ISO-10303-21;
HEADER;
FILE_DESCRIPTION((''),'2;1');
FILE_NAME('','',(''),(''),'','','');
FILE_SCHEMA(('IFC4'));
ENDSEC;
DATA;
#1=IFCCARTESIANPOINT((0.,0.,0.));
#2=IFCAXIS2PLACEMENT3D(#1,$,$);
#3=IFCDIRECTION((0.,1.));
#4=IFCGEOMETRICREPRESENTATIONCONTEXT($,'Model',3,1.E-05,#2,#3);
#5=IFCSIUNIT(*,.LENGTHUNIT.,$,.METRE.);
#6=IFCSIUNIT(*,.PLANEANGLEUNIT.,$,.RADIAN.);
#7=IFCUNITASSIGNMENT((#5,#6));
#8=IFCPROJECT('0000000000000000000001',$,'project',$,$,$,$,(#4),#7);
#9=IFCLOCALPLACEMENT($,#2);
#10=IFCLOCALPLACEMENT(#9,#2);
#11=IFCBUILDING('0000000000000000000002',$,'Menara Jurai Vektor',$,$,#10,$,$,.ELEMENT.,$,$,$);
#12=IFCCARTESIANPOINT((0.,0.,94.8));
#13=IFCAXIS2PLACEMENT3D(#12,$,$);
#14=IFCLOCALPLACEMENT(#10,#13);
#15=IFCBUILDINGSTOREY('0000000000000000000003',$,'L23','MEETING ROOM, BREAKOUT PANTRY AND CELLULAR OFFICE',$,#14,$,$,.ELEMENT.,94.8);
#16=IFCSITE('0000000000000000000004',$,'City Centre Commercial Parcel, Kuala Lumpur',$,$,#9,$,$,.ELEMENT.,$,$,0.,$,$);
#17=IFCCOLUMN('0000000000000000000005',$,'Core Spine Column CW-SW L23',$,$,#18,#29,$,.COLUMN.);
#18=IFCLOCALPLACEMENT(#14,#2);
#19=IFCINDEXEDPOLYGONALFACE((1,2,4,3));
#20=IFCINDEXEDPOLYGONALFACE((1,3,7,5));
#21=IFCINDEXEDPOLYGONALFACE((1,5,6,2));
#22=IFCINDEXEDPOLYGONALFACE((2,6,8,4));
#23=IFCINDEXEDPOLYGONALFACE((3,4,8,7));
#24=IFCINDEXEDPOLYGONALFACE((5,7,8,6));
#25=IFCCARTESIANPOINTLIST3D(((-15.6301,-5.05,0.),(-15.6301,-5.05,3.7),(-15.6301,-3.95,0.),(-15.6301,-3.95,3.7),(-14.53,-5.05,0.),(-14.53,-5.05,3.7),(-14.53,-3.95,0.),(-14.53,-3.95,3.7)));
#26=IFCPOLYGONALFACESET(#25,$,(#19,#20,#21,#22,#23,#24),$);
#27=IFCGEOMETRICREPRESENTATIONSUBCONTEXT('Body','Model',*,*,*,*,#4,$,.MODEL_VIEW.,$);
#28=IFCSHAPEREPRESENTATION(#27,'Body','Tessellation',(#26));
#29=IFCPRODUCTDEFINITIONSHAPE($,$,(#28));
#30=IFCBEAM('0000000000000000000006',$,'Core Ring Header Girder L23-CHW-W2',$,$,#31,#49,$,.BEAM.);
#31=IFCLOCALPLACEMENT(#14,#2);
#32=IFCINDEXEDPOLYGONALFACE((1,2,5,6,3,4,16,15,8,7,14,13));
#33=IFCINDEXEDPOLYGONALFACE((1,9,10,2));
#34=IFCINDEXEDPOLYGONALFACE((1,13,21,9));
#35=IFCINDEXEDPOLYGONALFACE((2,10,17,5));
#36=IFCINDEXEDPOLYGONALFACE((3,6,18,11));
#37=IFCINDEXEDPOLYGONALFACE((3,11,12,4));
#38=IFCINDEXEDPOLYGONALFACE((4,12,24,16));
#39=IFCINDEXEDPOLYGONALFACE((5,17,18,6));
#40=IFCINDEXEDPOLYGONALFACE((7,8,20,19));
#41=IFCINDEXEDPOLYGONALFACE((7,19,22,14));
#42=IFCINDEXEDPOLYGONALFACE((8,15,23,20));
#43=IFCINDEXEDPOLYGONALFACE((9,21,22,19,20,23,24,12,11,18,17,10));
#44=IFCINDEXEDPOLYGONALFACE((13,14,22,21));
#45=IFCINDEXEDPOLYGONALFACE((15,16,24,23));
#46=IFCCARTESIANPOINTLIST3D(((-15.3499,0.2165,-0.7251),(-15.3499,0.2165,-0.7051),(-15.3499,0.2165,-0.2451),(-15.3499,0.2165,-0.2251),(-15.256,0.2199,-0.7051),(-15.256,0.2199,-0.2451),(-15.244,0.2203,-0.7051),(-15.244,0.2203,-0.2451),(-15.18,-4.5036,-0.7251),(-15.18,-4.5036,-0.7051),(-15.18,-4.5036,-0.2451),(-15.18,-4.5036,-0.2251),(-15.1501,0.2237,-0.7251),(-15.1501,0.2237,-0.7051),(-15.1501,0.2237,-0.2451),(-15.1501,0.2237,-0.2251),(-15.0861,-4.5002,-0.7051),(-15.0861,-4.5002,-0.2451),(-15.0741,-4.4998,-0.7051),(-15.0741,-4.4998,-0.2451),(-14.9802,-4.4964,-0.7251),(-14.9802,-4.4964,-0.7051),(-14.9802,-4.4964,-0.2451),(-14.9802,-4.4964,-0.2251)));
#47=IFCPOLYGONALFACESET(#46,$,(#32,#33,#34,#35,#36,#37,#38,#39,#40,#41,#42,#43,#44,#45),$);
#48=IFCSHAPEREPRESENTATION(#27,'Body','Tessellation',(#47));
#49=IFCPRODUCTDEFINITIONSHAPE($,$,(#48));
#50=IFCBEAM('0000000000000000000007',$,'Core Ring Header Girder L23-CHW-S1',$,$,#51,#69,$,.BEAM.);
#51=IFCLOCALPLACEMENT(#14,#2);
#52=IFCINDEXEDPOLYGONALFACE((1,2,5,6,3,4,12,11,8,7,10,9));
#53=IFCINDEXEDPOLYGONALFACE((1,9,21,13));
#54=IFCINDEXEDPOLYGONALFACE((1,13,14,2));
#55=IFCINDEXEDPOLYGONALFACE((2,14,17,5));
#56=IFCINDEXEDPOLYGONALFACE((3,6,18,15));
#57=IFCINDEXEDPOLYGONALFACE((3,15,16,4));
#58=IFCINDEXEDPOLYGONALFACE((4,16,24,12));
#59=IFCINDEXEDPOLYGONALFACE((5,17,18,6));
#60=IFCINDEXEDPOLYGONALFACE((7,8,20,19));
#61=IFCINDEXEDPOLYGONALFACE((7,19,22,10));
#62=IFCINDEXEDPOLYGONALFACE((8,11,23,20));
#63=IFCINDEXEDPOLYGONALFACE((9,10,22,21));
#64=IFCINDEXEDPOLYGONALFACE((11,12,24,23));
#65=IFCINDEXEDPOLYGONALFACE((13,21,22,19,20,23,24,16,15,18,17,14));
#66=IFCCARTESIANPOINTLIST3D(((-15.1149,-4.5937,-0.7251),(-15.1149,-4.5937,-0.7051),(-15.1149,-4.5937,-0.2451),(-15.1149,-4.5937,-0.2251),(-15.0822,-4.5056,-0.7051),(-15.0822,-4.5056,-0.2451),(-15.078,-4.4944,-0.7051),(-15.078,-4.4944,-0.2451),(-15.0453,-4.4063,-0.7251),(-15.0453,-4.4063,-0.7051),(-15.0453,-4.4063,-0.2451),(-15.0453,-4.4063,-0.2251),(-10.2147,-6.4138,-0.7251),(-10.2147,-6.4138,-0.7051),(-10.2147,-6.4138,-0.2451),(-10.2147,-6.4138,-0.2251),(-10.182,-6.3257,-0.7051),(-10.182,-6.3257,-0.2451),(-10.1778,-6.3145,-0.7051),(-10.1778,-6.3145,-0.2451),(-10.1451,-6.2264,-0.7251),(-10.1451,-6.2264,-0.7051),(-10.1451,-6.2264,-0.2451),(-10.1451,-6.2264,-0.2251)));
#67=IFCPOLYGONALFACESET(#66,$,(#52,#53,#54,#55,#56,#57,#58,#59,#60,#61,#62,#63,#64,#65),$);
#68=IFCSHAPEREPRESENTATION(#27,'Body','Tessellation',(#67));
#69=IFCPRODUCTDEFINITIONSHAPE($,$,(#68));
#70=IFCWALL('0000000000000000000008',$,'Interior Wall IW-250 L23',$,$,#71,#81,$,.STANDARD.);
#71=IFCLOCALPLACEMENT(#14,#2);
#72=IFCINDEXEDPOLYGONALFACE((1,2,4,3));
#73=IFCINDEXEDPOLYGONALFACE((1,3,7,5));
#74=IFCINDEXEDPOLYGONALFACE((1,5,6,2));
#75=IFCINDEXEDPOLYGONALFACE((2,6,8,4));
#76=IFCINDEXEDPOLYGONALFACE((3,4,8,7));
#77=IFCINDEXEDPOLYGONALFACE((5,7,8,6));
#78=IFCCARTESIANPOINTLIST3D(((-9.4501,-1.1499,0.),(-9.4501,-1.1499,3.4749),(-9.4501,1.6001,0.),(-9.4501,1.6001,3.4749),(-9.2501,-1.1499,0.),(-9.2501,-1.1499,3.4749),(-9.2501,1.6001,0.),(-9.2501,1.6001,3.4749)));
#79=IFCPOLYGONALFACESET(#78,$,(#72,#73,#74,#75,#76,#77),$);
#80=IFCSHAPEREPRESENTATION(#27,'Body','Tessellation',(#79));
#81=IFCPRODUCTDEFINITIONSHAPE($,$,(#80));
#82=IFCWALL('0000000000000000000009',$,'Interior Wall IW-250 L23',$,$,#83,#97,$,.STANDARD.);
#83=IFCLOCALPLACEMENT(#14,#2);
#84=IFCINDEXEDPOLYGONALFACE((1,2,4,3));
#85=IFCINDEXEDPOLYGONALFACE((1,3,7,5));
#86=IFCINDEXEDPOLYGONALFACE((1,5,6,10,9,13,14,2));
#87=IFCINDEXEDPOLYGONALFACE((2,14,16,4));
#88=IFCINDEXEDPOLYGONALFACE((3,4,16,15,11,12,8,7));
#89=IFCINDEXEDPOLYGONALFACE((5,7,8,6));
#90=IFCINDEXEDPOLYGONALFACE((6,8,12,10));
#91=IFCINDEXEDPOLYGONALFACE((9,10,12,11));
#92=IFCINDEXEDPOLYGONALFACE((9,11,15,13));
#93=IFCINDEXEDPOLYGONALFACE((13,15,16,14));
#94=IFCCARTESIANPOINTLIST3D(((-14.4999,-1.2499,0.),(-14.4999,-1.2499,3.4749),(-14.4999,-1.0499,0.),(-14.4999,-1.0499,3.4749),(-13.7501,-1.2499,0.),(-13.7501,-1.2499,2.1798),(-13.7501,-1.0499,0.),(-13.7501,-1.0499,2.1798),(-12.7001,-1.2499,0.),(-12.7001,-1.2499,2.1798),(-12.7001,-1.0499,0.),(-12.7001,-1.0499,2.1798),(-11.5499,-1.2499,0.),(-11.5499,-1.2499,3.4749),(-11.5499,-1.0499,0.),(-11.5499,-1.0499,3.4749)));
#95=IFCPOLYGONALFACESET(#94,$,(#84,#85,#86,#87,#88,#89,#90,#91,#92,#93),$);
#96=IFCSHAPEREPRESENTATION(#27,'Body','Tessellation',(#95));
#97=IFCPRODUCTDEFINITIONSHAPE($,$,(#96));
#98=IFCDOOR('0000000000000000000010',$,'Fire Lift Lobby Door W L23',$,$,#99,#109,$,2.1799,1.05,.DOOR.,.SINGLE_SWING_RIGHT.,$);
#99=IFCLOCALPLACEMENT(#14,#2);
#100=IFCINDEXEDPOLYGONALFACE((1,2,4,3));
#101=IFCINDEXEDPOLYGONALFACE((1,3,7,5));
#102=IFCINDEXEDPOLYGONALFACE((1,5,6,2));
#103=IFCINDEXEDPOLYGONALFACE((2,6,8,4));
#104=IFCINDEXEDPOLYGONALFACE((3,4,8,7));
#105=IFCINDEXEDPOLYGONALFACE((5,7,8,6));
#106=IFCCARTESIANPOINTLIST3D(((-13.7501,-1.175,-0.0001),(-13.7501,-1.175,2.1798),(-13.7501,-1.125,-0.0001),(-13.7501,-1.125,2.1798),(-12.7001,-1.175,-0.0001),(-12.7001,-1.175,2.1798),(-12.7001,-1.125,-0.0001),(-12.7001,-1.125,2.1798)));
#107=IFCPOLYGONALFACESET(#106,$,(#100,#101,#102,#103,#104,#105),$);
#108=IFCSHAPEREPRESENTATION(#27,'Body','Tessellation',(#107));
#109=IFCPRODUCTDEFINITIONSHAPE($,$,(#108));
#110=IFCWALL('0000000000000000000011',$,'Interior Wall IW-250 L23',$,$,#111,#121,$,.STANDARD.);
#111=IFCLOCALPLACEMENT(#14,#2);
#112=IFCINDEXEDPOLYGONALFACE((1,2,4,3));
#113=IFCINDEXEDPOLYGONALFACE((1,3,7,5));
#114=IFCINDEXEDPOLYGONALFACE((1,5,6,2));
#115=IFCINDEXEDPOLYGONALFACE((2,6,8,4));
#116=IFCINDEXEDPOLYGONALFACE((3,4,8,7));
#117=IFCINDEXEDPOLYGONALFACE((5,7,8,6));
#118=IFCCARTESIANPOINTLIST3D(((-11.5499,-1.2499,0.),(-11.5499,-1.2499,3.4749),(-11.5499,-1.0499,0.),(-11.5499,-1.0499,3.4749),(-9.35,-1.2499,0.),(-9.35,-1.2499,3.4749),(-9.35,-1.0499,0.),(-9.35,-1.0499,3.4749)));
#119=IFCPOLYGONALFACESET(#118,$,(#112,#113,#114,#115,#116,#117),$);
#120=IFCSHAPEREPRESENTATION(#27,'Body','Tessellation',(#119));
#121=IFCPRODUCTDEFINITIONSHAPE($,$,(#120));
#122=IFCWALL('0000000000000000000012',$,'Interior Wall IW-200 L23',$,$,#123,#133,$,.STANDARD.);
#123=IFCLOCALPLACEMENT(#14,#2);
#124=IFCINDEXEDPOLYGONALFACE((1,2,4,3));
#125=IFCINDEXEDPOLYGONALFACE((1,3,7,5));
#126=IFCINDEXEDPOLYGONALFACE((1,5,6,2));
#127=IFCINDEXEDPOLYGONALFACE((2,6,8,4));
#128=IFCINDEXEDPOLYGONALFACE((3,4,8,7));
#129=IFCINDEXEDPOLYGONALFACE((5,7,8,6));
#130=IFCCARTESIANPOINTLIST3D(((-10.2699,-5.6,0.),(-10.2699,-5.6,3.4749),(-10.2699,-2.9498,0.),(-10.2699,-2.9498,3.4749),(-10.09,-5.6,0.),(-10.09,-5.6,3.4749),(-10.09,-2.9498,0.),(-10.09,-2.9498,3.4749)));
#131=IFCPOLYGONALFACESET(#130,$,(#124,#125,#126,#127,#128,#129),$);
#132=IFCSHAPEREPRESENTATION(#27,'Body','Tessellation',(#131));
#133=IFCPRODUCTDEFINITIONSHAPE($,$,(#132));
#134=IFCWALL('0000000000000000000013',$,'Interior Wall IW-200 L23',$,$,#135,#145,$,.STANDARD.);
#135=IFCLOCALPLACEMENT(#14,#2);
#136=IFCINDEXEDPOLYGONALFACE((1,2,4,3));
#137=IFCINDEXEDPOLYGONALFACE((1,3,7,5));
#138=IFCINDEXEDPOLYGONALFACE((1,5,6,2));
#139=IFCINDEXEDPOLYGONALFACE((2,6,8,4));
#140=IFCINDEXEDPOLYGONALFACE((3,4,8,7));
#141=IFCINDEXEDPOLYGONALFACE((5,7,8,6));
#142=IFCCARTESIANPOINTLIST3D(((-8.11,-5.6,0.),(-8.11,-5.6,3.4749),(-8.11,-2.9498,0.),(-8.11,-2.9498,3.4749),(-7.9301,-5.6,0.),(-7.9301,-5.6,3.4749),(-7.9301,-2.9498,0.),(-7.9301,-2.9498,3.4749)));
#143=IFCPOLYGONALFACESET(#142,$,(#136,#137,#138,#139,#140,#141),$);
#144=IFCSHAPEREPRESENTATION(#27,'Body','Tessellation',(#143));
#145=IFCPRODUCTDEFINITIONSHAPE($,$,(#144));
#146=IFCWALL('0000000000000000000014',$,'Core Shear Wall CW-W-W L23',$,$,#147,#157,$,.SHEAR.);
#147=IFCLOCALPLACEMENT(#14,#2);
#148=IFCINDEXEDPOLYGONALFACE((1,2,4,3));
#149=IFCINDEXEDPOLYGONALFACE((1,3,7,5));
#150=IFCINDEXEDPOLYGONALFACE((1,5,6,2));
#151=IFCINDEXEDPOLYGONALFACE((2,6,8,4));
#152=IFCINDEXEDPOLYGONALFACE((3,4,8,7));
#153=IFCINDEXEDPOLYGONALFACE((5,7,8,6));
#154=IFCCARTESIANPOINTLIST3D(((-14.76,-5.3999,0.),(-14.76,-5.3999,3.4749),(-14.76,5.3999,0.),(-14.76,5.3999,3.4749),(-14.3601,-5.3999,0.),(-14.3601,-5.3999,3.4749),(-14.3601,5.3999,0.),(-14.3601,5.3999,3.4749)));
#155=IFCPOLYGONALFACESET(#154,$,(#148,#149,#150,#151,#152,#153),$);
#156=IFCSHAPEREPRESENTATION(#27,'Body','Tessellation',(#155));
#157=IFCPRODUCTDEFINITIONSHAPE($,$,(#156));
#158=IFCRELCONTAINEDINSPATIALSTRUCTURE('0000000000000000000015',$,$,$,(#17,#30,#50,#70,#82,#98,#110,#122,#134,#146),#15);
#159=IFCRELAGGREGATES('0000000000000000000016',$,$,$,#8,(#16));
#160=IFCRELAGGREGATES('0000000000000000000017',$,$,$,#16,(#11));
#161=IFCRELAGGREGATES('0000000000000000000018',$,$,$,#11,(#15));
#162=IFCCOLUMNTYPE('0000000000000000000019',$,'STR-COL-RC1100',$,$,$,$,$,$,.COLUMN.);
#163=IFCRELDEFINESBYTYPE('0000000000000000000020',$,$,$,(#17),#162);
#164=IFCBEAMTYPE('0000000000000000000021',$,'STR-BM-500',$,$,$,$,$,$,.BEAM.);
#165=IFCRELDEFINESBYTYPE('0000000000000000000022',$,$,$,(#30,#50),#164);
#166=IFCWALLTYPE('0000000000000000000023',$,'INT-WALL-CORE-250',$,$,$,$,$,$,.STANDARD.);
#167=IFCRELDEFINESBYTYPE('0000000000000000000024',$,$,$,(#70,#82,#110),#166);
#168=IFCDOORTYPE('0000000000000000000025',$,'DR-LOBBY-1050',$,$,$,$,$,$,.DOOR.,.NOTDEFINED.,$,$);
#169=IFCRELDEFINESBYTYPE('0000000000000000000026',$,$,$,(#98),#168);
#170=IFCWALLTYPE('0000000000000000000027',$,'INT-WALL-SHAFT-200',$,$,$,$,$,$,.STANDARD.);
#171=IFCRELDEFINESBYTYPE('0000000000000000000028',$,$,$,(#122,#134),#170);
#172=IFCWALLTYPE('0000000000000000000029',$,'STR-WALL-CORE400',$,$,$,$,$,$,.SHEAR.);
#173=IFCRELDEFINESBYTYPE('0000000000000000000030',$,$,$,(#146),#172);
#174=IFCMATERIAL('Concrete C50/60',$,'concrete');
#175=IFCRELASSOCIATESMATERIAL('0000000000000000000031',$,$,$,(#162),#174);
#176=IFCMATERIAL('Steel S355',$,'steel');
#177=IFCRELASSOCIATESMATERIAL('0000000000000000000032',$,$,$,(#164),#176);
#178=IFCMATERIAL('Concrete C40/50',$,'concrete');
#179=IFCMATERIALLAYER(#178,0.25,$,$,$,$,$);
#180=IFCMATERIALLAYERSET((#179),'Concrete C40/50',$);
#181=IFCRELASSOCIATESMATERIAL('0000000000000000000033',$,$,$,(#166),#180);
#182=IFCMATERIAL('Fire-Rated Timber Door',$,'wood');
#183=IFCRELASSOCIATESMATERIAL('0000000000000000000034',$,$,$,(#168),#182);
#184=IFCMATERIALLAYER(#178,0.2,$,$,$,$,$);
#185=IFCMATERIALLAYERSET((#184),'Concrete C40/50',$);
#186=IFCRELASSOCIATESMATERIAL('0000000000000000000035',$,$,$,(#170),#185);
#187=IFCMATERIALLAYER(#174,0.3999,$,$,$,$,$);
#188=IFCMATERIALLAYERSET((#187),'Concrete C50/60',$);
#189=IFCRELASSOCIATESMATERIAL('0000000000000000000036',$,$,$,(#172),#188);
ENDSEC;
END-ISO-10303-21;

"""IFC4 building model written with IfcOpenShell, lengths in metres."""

from ifc_helpers import new_model, si_unit, direction, frame, frame_2d, origin, origin_2d, place, context, subcontext, project, spatial, rectangle, i_section, extrude, material, layer, layer_set, material_profile, profile_set, type_object, element, fill, save


model = new_model("IFC4")

# Units and contexts
model_context = context("Model", 3, precision=1e-05, world=origin(), true_north=direction((0.0, 1.0)))
body_context = subcontext(model_context, "Body", "Model", "MODEL_VIEW")
ifc_project = project(units=[si_unit("LENGTHUNIT", "METRE"), si_unit("PLANEANGLEUNIT", "RADIAN")], contexts=[model_context])

# Site, building, storey
site_placement = place(None, origin())
site = spatial("IfcSite", under=ifc_project, at=site_placement, Name="City Centre Commercial Parcel, Kuala Lumpur", CompositionType="ELEMENT", RefElevation=0.0)
building_placement = place(site_placement, origin())
building = spatial("IfcBuilding", under=site, at=building_placement, Name="Menara Jurai Vektor", CompositionType="ELEMENT")
storey_placement = place(building_placement, frame((0.0, 0.0, 94.8)))
storey = spatial("IfcBuildingStorey", under=building, at=storey_placement, Name="L23", Description="MEETING ROOM, BREAKOUT PANTRY AND CELLULAR OFFICE", CompositionType="ELEMENT", Elevation=94.8)

# Column
ifc_material_1 = material(Name="Concrete C50/60", Category="concrete")
ifc_material_profile_1 = material_profile(ifc_material_1, rectangle(XDim=1.1001, YDim=1.1001, at=origin_2d()), Name="RC 1100x1100")
ifc_profile_set_1 = profile_set([ifc_material_profile_1], Name="Concrete C50/60")
column_type = type_object("IfcColumnType", Name="STR-COL-RC1100", PredefinedType="COLUMN", material=ifc_profile_set_1)
column_placement = place(storey_placement, frame((-15.0801, -4.5, 0.0), z_axis=(0.0, 0.0, 1.0), x_axis=(1.0, 0.0, 0.0)))
element("IfcColumn", 1, at=column_placement, inside=storey, type_object=column_type, Name="Core Spine Column CW-SW L23", PredefinedType="COLUMN", context=body_context, shape_type="SweptSolid", body=[
    extrude(rectangle(XDim=1.1001, YDim=1.1001, at=origin_2d()), origin(), (0.0, 0.0, 1.0), 3.7),
])

# Beams
ifc_material_2 = material(Name="Steel S355", Category="steel")
ifc_material_profile_2 = material_profile(ifc_material_2, i_section(OverallWidth=0.2, OverallDepth=0.5, WebThickness=0.012, FlangeThickness=0.02, at=origin_2d()), Name="PG 500x200x96")
ifc_profile_set_2 = profile_set([ifc_material_profile_2], Name="Steel S355")
beam_type = type_object("IfcBeamType", Name="STR-BM-500", PredefinedType="BEAM", material=ifc_profile_set_2)
beam_1_placement = place(storey_placement, frame((-15.0801, -4.5, -0.4751), z_axis=(-0.035977, 0.999353, 0.0), x_axis=(-0.999353, -0.035977, 0.0)))
element("IfcBeam", 2, at=beam_1_placement, inside=storey, type_object=beam_type, Name="Core Ring Header Girder L23-CHW-W2", PredefinedType="BEAM", context=body_context, shape_type="SweptSolid", body=[
    extrude(i_section(OverallWidth=0.2, OverallDepth=0.5, WebThickness=0.012, FlangeThickness=0.02, at=origin_2d()), origin(), (0.0, 0.0, 1.0), 4.7231),
])
beam_2_placement = place(storey_placement, frame((-15.0801, -4.5, -0.4751), z_axis=(0.937424, -0.348189, 0.0), x_axis=(0.348189, 0.937424, 0.0)))
element("IfcBeam", 3, at=beam_2_placement, inside=storey, type_object=beam_type, Name="Core Ring Header Girder L23-CHW-S1", PredefinedType="BEAM", context=body_context, shape_type="SweptSolid", body=[
    extrude(i_section(OverallWidth=0.2, OverallDepth=0.5, WebThickness=0.012, FlangeThickness=0.02, at=origin_2d()), origin(), (0.0, 0.0, 1.0), 5.2273),
])

# Shared definitions
ifc_material_3 = material(Name="Concrete C40/50", Category="concrete")
ifc_layer_1 = layer(ifc_material_3, 0.25)
ifc_layer_set_1 = layer_set([ifc_layer_1], Name="Concrete C40/50")
wall_type_1 = type_object("IfcWallType", Name="INT-WALL-CORE-250", PredefinedType="STANDARD", material=ifc_layer_set_1)

# Wall
wall_1_placement = place(storey_placement, frame((-9.3501, -1.1499, 0.0), z_axis=(0.0, 0.0, 1.0), x_axis=(0.0, 1.0, 0.0)))
element("IfcWall", 4, at=wall_1_placement, inside=storey, type_object=wall_type_1, Name="Interior Wall IW-250 L23", PredefinedType="STANDARD", context=body_context, shape_type="SweptSolid", body=[
    extrude(rectangle(XDim=2.75, YDim=0.2, at=frame_2d((1.375, 0.0))), origin(), (0.0, 0.0, 1.0), 3.4749),
])

# Wall, opening, door
wall_2_placement = place(storey_placement, frame((-14.5, -1.1499, 0.0), z_axis=(0.0, 0.0, 1.0), x_axis=(1.0, 0.0, 0.0)))
wall_2 = element("IfcWall", 5, at=wall_2_placement, inside=storey, type_object=wall_type_1, Name="Interior Wall IW-250 L23", PredefinedType="STANDARD", context=body_context, shape_type="SweptSolid", body=[
    extrude(rectangle(XDim=2.95, YDim=0.2, at=frame_2d((1.4751, 0.0))), origin(), (0.0, 0.0, 1.0), 3.4749),
])
opening_1_placement = place(wall_2_placement, frame((0.75, 0.0, 0.0)))
opening_1 = element("IfcOpeningElement", 6, at=opening_1_placement, cuts=wall_2, PredefinedType="OPENING", context=body_context, shape_type="SweptSolid", body=[
    extrude(rectangle(XDim=1.05, YDim=2.1799, at=frame_2d((0.5249, 1.0898))), frame((0.0, 0.1099, 0.0), z_axis=(0.0, -1.0, 0.0), x_axis=(1.0, 0.0, 0.0)), (0.0, 0.0, 1.0), 0.22),
])
ifc_material_4 = material(Name="Fire-Rated Timber Door", Category="wood")
door_type_1 = type_object("IfcDoorType", Name="DR-LOBBY-1050", OperationType="NOTDEFINED", PredefinedType="DOOR", material=ifc_material_4)
door_1_placement = place(opening_1_placement, origin())
door_1 = element("IfcDoor", 7, at=door_1_placement, inside=storey, type_object=door_type_1, Name="Fire Lift Lobby Door W L23", OperationType="SINGLE_SWING_RIGHT", OverallHeight=2.1799, OverallWidth=1.05, PredefinedType="DOOR", context=body_context, shape_type="SweptSolid", body=[
    extrude(rectangle(XDim=1.05, YDim=2.1799, at=frame_2d((0.5249, 1.0898))), frame((0.0, 0.0249, 0.0), z_axis=(0.0, -1.0, 0.0), x_axis=(1.0, 0.0, 0.0)), (0.0, 0.0, 1.0), 0.05),
])
fill(opening_1, door_1)

# Wall
wall_3_placement = place(storey_placement, frame((-11.55, -1.1499, 0.0), z_axis=(0.0, 0.0, 1.0), x_axis=(1.0, 0.0, 0.0)))
element("IfcWall", 8, at=wall_3_placement, inside=storey, type_object=wall_type_1, Name="Interior Wall IW-250 L23", PredefinedType="STANDARD", context=body_context, shape_type="SweptSolid", body=[
    extrude(rectangle(XDim=2.2, YDim=0.2, at=frame_2d((1.1001, 0.0))), origin(), (0.0, 0.0, 1.0), 3.4749),
])

# Shared definitions
ifc_layer_2 = layer(ifc_material_3, 0.2)
ifc_layer_set_2 = layer_set([ifc_layer_2], Name="Concrete C40/50")
wall_type_2 = type_object("IfcWallType", Name="INT-WALL-SHAFT-200", PredefinedType="STANDARD", material=ifc_layer_set_2)

# Walls
for number, where, z_axis, x_axis, name in (
    (9, (-10.1799, -5.6001, 0.0), (0.0, 0.0, 1.0), (0.0, 1.0, 0.0), "Interior Wall IW-200 L23"),
    (10, (-8.02, -5.6001, 0.0), (0.0, 0.0, 1.0), (0.0, 1.0, 0.0), "Interior Wall IW-200 L23"),
):
    element("IfcWall", number, at=place(storey_placement, frame(where, z_axis=z_axis, x_axis=x_axis)), inside=storey, type_object=wall_type_2, Name=name, PredefinedType="STANDARD", context=body_context, shape_type="SweptSolid", body=[
        extrude(rectangle(XDim=2.6501, YDim=0.1799, at=frame_2d((1.3252, 0.0))), origin(), (0.0, 0.0, 1.0), 3.4749),
    ])
ifc_layer_3 = layer(ifc_material_1, 0.3999)
ifc_layer_set_3 = layer_set([ifc_layer_3], Name="Concrete C50/60")
wall_type_3 = type_object("IfcWallType", Name="STR-WALL-CORE400", PredefinedType="SHEAR", material=ifc_layer_set_3)
wall_4_placement = place(storey_placement, frame((-14.5601, -5.3999, 0.0), z_axis=(0.0, 0.0, 1.0), x_axis=(0.0, 1.0, 0.0)))
element("IfcWall", 11, at=wall_4_placement, inside=storey, type_object=wall_type_3, Name="Core Shear Wall CW-W-W L23", PredefinedType="SHEAR", context=body_context, shape_type="SweptSolid", body=[
    extrude(rectangle(XDim=10.7998, YDim=0.3999, at=frame_2d((5.3999, 0.0))), origin(), (0.0, 0.0, 1.0), 3.4749),
])

save(model, "model.ifc")
